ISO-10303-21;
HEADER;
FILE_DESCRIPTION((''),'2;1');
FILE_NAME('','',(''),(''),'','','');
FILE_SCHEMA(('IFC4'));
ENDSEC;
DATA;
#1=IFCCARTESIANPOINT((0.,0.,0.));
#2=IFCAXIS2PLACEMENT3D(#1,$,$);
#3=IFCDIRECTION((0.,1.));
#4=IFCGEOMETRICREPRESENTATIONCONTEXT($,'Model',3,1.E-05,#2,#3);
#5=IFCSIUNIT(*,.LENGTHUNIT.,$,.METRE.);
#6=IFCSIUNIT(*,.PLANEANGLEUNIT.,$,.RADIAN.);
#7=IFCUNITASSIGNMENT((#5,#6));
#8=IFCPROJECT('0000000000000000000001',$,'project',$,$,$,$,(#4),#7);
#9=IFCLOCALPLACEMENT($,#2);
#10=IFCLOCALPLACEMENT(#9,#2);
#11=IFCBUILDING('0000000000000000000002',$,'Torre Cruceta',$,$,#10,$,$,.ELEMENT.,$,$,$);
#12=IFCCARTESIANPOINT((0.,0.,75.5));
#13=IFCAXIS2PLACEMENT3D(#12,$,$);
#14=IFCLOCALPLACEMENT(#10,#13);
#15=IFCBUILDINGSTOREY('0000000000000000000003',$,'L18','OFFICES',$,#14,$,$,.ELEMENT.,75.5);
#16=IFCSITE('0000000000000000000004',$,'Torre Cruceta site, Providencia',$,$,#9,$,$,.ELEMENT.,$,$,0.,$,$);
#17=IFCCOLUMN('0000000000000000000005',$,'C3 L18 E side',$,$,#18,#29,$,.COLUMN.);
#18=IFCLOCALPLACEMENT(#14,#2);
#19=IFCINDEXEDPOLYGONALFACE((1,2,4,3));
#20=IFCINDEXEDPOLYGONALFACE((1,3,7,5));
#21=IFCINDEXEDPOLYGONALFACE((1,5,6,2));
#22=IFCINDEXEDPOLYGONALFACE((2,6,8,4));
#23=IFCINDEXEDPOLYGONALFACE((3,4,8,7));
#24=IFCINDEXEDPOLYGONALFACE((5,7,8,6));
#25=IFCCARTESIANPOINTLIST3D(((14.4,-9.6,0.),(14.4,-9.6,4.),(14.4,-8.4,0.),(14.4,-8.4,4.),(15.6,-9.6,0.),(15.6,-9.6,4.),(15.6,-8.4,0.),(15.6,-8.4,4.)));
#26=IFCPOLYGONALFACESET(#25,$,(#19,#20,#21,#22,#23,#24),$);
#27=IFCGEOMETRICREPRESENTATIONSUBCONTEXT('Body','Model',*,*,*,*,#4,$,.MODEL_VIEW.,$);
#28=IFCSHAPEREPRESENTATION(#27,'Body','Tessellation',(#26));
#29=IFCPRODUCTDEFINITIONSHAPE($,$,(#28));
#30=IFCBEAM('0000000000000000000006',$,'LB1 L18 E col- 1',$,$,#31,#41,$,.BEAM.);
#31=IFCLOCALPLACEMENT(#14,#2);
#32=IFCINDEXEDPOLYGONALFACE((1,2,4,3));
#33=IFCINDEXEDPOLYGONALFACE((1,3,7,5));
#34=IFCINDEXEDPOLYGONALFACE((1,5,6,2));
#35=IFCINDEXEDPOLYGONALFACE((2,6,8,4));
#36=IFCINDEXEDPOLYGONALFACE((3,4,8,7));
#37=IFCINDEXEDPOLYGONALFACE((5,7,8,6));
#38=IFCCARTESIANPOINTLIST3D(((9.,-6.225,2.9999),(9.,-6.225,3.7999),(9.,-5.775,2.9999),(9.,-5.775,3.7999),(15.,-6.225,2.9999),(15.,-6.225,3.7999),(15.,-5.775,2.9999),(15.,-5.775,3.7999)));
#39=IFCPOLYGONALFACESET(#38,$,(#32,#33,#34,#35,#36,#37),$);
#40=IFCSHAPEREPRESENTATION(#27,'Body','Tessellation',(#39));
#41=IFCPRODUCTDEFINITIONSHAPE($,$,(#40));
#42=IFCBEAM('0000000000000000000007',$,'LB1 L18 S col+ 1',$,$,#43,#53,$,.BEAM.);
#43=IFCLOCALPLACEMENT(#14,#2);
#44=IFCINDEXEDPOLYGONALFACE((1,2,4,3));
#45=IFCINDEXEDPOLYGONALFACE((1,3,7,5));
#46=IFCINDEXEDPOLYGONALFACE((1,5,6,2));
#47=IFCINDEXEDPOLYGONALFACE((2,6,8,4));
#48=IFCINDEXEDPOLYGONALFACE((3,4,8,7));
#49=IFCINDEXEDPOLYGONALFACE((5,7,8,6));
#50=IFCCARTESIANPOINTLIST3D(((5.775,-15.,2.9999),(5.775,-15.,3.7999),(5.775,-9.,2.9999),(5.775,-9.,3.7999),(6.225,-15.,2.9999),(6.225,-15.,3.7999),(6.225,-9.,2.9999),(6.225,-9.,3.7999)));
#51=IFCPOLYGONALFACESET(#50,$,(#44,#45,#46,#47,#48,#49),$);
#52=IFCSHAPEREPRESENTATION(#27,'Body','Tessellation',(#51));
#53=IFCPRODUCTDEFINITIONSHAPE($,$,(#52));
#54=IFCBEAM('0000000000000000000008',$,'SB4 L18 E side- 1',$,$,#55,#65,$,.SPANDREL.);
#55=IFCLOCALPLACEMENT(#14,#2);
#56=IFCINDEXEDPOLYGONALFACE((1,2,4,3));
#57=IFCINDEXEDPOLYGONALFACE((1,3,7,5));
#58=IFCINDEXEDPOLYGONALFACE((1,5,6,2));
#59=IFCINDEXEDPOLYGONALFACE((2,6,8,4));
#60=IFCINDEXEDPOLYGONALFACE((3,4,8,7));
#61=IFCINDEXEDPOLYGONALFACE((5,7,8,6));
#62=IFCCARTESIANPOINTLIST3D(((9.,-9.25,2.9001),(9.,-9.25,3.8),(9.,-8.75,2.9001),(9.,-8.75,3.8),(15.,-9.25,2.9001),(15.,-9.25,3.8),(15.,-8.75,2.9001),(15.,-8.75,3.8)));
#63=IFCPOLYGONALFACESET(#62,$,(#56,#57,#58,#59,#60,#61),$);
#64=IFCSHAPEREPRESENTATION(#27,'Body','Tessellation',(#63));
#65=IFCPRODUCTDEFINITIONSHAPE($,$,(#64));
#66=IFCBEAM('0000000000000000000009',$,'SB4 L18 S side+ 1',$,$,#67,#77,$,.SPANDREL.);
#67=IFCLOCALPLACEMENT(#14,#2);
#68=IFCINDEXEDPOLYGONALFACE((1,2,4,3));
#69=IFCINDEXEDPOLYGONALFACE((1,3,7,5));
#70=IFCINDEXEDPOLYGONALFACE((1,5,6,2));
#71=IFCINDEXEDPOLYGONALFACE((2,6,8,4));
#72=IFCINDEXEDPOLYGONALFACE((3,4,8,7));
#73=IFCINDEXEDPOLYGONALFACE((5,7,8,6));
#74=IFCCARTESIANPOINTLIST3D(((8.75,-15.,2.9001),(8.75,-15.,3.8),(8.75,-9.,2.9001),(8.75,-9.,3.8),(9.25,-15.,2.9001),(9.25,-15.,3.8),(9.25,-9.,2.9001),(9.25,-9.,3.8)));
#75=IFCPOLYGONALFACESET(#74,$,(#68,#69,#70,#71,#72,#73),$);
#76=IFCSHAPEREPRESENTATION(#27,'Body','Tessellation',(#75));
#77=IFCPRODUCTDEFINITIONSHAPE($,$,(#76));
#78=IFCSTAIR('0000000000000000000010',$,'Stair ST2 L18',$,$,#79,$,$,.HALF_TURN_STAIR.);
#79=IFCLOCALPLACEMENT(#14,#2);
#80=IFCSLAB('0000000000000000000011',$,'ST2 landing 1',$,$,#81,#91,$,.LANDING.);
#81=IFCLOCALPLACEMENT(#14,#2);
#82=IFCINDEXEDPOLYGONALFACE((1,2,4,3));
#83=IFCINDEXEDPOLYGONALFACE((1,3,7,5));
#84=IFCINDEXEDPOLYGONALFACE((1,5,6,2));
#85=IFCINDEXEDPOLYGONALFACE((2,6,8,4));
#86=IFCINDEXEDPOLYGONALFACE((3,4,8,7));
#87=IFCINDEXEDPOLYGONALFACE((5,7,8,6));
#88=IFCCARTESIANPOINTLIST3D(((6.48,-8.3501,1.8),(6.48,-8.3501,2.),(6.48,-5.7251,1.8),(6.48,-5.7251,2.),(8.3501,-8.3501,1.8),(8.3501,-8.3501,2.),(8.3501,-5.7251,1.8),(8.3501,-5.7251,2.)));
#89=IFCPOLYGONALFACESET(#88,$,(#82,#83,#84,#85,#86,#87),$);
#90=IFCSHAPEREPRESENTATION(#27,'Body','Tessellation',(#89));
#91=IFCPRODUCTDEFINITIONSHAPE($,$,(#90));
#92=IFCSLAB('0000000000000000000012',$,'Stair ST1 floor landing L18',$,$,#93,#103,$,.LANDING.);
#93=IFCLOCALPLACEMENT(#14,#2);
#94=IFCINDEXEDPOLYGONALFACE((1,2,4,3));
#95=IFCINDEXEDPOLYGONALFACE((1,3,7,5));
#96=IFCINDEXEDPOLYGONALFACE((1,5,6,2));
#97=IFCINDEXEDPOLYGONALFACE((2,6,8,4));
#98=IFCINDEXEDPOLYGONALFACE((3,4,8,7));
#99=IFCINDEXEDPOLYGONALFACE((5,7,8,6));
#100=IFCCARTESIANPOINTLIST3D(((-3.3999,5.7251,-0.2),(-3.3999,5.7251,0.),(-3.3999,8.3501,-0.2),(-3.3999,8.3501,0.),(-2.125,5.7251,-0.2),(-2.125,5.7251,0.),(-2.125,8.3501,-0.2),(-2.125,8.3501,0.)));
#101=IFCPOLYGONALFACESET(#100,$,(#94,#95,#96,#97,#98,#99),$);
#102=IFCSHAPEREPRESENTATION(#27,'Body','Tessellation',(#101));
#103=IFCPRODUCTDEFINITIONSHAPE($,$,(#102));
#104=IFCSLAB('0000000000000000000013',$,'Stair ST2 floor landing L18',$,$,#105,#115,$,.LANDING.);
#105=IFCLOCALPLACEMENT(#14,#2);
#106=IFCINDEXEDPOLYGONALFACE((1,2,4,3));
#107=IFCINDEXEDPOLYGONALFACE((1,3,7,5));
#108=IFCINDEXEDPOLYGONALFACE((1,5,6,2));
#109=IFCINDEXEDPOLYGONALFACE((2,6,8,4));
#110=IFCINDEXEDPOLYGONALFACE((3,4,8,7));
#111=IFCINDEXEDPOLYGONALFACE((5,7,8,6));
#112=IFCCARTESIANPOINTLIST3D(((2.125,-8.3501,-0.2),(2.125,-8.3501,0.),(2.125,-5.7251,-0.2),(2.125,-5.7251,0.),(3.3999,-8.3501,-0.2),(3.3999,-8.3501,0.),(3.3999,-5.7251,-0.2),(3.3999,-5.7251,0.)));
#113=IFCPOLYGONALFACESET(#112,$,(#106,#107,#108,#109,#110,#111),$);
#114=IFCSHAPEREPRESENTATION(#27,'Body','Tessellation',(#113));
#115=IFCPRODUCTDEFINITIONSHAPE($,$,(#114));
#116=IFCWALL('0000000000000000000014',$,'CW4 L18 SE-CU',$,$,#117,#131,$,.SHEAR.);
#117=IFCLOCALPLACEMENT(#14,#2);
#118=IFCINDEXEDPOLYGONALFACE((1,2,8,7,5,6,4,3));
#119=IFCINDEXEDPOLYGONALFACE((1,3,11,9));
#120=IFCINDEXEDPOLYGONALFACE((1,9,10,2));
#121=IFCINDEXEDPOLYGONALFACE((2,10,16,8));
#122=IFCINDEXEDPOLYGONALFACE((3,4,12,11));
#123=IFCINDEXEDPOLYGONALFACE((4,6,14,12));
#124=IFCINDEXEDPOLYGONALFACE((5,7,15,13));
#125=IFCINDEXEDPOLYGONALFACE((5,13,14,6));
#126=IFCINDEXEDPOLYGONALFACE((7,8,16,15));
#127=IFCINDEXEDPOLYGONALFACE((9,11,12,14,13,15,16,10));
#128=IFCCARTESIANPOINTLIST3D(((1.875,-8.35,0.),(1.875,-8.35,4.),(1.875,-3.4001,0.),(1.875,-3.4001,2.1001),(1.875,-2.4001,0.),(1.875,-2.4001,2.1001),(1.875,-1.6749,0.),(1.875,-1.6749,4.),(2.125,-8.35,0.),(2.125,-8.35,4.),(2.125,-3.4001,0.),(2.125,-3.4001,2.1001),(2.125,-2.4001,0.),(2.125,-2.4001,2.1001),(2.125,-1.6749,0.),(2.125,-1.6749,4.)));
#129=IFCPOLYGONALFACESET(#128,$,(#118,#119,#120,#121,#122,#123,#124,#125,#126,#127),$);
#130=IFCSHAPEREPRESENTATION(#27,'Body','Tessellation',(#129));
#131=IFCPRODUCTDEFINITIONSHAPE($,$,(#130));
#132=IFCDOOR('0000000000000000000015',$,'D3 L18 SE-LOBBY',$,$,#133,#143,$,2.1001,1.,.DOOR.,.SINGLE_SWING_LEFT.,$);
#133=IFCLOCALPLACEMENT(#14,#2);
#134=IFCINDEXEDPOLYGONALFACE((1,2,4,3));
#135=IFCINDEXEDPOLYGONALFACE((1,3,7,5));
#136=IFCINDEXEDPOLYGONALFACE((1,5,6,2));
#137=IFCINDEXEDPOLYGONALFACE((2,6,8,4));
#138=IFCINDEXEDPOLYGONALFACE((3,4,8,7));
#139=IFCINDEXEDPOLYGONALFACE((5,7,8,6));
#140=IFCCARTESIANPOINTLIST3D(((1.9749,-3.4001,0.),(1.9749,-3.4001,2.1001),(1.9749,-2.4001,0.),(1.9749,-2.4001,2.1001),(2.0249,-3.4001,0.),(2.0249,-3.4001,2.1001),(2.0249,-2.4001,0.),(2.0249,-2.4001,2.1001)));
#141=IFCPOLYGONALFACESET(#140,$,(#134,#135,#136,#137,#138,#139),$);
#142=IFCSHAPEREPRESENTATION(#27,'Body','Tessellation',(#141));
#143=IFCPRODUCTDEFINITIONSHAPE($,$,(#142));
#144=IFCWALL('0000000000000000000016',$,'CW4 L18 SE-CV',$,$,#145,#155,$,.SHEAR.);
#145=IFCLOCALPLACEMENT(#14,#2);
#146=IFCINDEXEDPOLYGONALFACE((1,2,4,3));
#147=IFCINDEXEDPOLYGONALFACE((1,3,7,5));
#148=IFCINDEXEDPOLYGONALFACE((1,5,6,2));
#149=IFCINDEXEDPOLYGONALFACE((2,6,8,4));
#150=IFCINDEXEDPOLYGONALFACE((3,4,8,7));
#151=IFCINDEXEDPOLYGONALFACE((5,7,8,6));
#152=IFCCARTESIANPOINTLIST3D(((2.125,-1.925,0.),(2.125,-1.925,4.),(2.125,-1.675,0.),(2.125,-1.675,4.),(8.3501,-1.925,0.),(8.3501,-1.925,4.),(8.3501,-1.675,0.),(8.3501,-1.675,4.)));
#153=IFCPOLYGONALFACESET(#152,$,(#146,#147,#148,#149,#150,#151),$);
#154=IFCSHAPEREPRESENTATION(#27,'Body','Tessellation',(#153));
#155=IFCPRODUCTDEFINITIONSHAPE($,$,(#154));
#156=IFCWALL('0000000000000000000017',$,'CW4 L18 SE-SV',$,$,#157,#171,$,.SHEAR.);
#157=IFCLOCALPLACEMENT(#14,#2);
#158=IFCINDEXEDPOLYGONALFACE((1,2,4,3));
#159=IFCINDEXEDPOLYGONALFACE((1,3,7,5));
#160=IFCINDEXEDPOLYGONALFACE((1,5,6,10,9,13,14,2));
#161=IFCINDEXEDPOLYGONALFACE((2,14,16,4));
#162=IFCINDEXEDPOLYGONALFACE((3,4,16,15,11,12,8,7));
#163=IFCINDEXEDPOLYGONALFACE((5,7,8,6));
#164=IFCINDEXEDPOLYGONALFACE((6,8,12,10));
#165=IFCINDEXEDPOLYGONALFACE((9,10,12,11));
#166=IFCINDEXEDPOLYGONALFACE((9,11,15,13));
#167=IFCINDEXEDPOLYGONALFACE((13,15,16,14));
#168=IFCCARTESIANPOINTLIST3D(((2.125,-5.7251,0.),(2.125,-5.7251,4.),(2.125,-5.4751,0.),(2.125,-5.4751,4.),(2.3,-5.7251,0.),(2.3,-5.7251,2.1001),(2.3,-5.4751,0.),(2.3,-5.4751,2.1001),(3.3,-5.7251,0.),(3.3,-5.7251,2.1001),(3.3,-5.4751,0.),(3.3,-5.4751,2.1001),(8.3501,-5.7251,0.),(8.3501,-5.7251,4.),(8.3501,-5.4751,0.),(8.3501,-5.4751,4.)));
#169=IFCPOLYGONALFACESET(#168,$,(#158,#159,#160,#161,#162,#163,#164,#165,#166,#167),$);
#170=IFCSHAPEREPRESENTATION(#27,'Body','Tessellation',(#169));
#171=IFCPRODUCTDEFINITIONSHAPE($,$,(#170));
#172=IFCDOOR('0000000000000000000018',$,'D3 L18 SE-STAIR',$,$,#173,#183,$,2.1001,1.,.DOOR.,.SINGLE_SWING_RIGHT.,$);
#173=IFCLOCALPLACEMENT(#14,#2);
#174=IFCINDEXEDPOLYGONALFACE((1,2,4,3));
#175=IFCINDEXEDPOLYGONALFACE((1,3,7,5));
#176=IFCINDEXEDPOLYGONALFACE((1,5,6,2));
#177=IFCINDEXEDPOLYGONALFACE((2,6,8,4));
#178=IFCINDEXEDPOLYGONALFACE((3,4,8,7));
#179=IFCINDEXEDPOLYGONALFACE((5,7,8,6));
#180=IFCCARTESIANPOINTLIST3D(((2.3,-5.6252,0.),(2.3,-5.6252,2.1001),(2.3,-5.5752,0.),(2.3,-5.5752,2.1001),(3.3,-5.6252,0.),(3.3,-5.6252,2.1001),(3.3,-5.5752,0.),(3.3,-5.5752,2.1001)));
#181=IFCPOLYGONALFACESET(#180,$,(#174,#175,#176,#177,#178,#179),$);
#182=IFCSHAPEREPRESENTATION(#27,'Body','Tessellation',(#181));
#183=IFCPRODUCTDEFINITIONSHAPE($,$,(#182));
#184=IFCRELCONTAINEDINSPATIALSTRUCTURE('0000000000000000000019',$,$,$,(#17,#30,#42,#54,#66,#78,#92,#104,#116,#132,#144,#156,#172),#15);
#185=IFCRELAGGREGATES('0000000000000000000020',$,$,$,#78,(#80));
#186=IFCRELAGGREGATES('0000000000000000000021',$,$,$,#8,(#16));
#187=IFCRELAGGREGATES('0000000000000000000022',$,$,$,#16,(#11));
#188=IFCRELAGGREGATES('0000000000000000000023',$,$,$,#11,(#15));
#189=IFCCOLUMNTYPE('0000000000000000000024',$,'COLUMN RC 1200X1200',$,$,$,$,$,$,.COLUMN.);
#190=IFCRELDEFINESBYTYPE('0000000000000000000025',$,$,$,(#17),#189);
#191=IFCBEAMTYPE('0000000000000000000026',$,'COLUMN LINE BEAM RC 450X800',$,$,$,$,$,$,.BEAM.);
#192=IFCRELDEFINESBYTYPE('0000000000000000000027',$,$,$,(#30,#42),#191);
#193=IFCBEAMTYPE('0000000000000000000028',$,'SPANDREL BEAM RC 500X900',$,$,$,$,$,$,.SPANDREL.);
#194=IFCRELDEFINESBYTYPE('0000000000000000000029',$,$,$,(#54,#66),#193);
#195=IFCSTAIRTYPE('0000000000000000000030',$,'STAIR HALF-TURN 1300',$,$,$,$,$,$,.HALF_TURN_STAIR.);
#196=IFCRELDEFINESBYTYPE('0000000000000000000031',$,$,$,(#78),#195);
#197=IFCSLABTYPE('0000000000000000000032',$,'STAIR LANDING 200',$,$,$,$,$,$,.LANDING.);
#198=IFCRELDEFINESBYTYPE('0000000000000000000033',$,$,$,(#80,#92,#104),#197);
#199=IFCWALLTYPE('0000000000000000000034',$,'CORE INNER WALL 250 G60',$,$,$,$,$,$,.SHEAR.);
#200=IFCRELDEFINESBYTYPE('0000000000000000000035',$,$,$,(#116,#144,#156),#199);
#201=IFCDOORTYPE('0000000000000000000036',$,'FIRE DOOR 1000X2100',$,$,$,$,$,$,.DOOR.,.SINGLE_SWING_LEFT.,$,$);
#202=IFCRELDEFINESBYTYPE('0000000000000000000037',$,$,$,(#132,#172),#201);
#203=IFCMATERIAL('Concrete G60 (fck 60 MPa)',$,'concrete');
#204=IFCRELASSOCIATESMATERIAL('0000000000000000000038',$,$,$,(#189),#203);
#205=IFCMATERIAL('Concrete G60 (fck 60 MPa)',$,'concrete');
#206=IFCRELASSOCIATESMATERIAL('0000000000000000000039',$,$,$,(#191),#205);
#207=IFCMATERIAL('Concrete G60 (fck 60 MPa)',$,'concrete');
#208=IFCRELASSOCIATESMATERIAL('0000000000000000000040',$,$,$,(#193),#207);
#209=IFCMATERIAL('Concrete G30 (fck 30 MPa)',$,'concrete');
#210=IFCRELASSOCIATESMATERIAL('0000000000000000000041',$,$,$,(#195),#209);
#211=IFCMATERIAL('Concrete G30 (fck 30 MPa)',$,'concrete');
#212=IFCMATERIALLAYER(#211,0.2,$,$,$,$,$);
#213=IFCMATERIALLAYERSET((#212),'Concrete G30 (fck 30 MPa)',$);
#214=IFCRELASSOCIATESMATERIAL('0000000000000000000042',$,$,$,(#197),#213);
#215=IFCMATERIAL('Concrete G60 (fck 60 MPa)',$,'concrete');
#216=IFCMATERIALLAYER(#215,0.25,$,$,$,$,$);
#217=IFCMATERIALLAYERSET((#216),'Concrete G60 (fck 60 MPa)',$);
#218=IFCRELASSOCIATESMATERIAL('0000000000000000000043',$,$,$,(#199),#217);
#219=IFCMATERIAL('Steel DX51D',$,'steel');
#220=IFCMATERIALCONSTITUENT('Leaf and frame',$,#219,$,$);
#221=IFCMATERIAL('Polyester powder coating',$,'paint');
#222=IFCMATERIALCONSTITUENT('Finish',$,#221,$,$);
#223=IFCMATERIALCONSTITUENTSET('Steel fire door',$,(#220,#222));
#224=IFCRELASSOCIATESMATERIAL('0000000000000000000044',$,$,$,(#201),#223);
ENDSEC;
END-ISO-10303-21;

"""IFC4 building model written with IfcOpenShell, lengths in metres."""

from ifc_helpers import new_model, si_unit, direction, frame, frame_2d, origin, origin_2d, place, context, subcontext, project, spatial, polyline, rectangle, outline, extrude, material, layer, layer_set, constituent, constituent_set, material_profile, profile_set, type_object, element, fill, aggregate, save


model = new_model("IFC4")

# Units and contexts
model_context = context("Model", 3, precision=1e-05, world=origin(), true_north=direction((0.0, 1.0)))
body_context = subcontext(model_context, "Body", "Model", "MODEL_VIEW")
ifc_project = project(units=[si_unit("LENGTHUNIT", "METRE"), si_unit("PLANEANGLEUNIT", "RADIAN")], contexts=[model_context])

# Site, building, storey
site_placement = place(None, origin())
site = spatial("IfcSite", under=ifc_project, at=site_placement, Name="Torre Cruceta site, Providencia", CompositionType="ELEMENT", RefElevation=0.0)
building_placement = place(site_placement, origin())
building = spatial("IfcBuilding", under=site, at=building_placement, Name="Torre Cruceta", CompositionType="ELEMENT")
storey_placement = place(building_placement, frame((0.0, 0.0, 75.5)))
storey = spatial("IfcBuildingStorey", under=building, at=storey_placement, Name="L18", Description="OFFICES", CompositionType="ELEMENT", Elevation=75.5)

# Column
ifc_material_1 = material(Name="Concrete G60 (fck 60 MPa)", Category="concrete")
ifc_material_profile_1 = material_profile(ifc_material_1, rectangle(XDim=1.2, YDim=1.2, at=origin_2d()), Name="RC 1200X1200")
ifc_profile_set_1 = profile_set([ifc_material_profile_1], Name="Concrete G60 (fck 60 MPa)")
column_type = type_object("IfcColumnType", Name="COLUMN RC 1200X1200", PredefinedType="COLUMN", material=ifc_profile_set_1)
column_placement = place(storey_placement, frame((15.0, -9.0, 0.0), z_axis=(0.0, 0.0, 1.0), x_axis=(1.0, 0.0, 0.0)))
element("IfcColumn", 1, at=column_placement, inside=storey, type_object=column_type, Name="C3 L18 E side", PredefinedType="COLUMN", context=body_context, shape_type="SweptSolid", body=[
    extrude(rectangle(XDim=1.2, YDim=1.2, at=origin_2d()), origin(), (0.0, 0.0, 1.0), 4.0),
])

# Beams
ifc_material_2 = material(Name="Concrete G60 (fck 60 MPa)", Category="concrete")
ifc_material_profile_2 = material_profile(ifc_material_2, rectangle(XDim=0.45, YDim=0.8, at=origin_2d()), Name="RC 450X800")
ifc_profile_set_2 = profile_set([ifc_material_profile_2], Name="Concrete G60 (fck 60 MPa)")
beam_type_1 = type_object("IfcBeamType", Name="COLUMN LINE BEAM RC 450X800", PredefinedType="BEAM", material=ifc_profile_set_2)
for number, where, z_axis, x_axis, name in (
    (2, (9.0, -6.0, 3.3999), (1.0, 0.0, 0.0), (0.0, 1.0, 0.0), "LB1 L18 E col- 1"),
    (3, (6.0, -9.0, 3.3999), (0.0, -1.0, 0.0), (1.0, 0.0, 0.0), "LB1 L18 S col+ 1"),
):
    element("IfcBeam", number, at=place(storey_placement, frame(where, z_axis=z_axis, x_axis=x_axis)), inside=storey, type_object=beam_type_1, Name=name, PredefinedType="BEAM", context=body_context, shape_type="SweptSolid", body=[
        extrude(rectangle(XDim=0.45, YDim=0.8, at=origin_2d()), origin(), (0.0, 0.0, 1.0), 6.0),
    ])
ifc_material_3 = material(Name="Concrete G60 (fck 60 MPa)", Category="concrete")
ifc_material_profile_3 = material_profile(ifc_material_3, rectangle(XDim=0.5, YDim=0.8999, at=origin_2d()), Name="RC 500X900")
ifc_profile_set_3 = profile_set([ifc_material_profile_3], Name="Concrete G60 (fck 60 MPa)")
beam_type_2 = type_object("IfcBeamType", Name="SPANDREL BEAM RC 500X900", PredefinedType="SPANDREL", material=ifc_profile_set_3)
for number, where, z_axis, x_axis, name in (
    (4, (9.0, -9.0, 3.3501), (1.0, 0.0, 0.0), (0.0, 1.0, 0.0), "SB4 L18 E side- 1"),
    (5, (9.0, -9.0, 3.3501), (0.0, -1.0, 0.0), (1.0, 0.0, 0.0), "SB4 L18 S side+ 1"),
):
    element("IfcBeam", number, at=place(storey_placement, frame(where, z_axis=z_axis, x_axis=x_axis)), inside=storey, type_object=beam_type_2, Name=name, PredefinedType="SPANDREL", context=body_context, shape_type="SweptSolid", body=[
        extrude(rectangle(XDim=0.5, YDim=0.8999, at=origin_2d()), origin(), (0.0, 0.0, 1.0), 6.0),
    ])

# Stair, slab
ifc_material_4 = material(Name="Concrete G30 (fck 30 MPa)", Category="concrete")
stair_type = type_object("IfcStairType", Name="STAIR HALF-TURN 1300", PredefinedType="HALF_TURN_STAIR", material=ifc_material_4)
stair_placement = place(storey_placement, origin())
stair = element("IfcStair", 6, at=stair_placement, inside=storey, type_object=stair_type, Name="Stair ST2 L18", PredefinedType="HALF_TURN_STAIR")
ifc_material_5 = material(Name="Concrete G30 (fck 30 MPa)", Category="concrete")
ifc_layer_1 = layer(ifc_material_5, 0.2)
ifc_layer_set_1 = layer_set([ifc_layer_1], Name="Concrete G30 (fck 30 MPa)")
slab_type = type_object("IfcSlabType", Name="STAIR LANDING 200", PredefinedType="LANDING", material=ifc_layer_set_1)
slab_1_placement = place(storey_placement, frame((0.0, 0.0, 1.8)))
slab_1 = element("IfcSlab", 7, at=slab_1_placement, type_object=slab_type, Name="ST2 landing 1", PredefinedType="LANDING", context=body_context, shape_type="SweptSolid", body=[
    extrude(outline(polyline([(6.48, -8.3501), (8.3501, -8.3501), (8.3501, -5.7251), (6.48, -5.7251), (6.48, -8.3501)])), origin(), (0.0, 0.0, 1.0), 0.2),
])

# Slabs
slab_2_placement = place(storey_placement, frame((0.0, 0.0, -0.2)))
element("IfcSlab", 8, at=slab_2_placement, inside=storey, type_object=slab_type, Name="Stair ST1 floor landing L18", PredefinedType="LANDING", context=body_context, shape_type="SweptSolid", body=[
    extrude(outline(polyline([(-2.125, 8.3501), (-2.125, 5.7251), (-3.3999, 5.7251), (-3.3999, 8.3501), (-2.125, 8.3501)])), origin(), (0.0, 0.0, 1.0), 0.2),
])
slab_3_placement = place(storey_placement, frame((0.0, 0.0, -0.2)))
element("IfcSlab", 9, at=slab_3_placement, inside=storey, type_object=slab_type, Name="Stair ST2 floor landing L18", PredefinedType="LANDING", context=body_context, shape_type="SweptSolid", body=[
    extrude(outline(polyline([(2.125, -8.3501), (2.125, -5.7251), (3.3999, -5.7251), (3.3999, -8.3501), (2.125, -8.3501)])), origin(), (0.0, 0.0, 1.0), 0.2),
])

# Wall, opening, door
ifc_material_6 = material(Name="Concrete G60 (fck 60 MPa)", Category="concrete")
ifc_layer_2 = layer(ifc_material_6, 0.25)
ifc_layer_set_2 = layer_set([ifc_layer_2], Name="Concrete G60 (fck 60 MPa)")
wall_type_1 = type_object("IfcWallType", Name="CORE INNER WALL 250 G60", PredefinedType="SHEAR", material=ifc_layer_set_2)
wall_1_placement = place(storey_placement, frame((2.0, -1.675, 0.0), z_axis=(0.0, 0.0, 1.0), x_axis=(0.0, -1.0, 0.0)))
wall_1 = element("IfcWall", 10, at=wall_1_placement, inside=storey, type_object=wall_type_1, Name="CW4 L18 SE-CU", PredefinedType="SHEAR", context=body_context, shape_type="SweptSolid", body=[
    extrude(rectangle(XDim=6.675, YDim=0.25, at=frame_2d((3.3374, 0.0))), origin(), (0.0, 0.0, 1.0), 4.0),
])
opening_1_placement = place(wall_1_placement, frame((0.7251, 0.0, 0.0)))
opening_1 = element("IfcOpeningElement", 11, at=opening_1_placement, cuts=wall_1, PredefinedType="OPENING", context=body_context, shape_type="SweptSolid", body=[
    extrude(rectangle(XDim=1.0, YDim=2.1001, at=frame_2d((0.5, 1.05))), frame((0.0, 0.135, 0.0), z_axis=(0.0, -1.0, 0.0), x_axis=(1.0, 0.0, 0.0)), (0.0, 0.0, 1.0), 0.27),
])
ifc_material_7 = material(Name="Steel DX51D", Category="steel")
ifc_constituent_1 = constituent(ifc_material_7, Name="Leaf and frame")
ifc_material_8 = material(Name="Polyester powder coating", Category="paint")
ifc_constituent_2 = constituent(ifc_material_8, Name="Finish")
ifc_constituent_set_1 = constituent_set(constituents=[ifc_constituent_1, ifc_constituent_2], Name="Steel fire door")
door_type_1 = type_object("IfcDoorType", Name="FIRE DOOR 1000X2100", OperationType="SINGLE_SWING_LEFT", PredefinedType="DOOR", material=ifc_constituent_set_1)
door_1_placement = place(opening_1_placement, origin())
door_1 = element("IfcDoor", 12, at=door_1_placement, inside=storey, type_object=door_type_1, Name="D3 L18 SE-LOBBY", OperationType="SINGLE_SWING_LEFT", OverallHeight=2.1001, OverallWidth=1.0, PredefinedType="DOOR", context=body_context, shape_type="SweptSolid", body=[
    extrude(rectangle(XDim=1.0, YDim=2.1001, at=frame_2d((0.5, 1.05))), frame((0.0, 0.0249, 0.0), z_axis=(0.0, -1.0, 0.0), x_axis=(1.0, 0.0, 0.0)), (0.0, 0.0, 1.0), 0.05),
])
fill(opening_1, door_1)

# Wall
wall_2_placement = place(storey_placement, frame((2.125, -1.8, 0.0), z_axis=(0.0, 0.0, 1.0), x_axis=(1.0, 0.0, 0.0)))
element("IfcWall", 13, at=wall_2_placement, inside=storey, type_object=wall_type_1, Name="CW4 L18 SE-CV", PredefinedType="SHEAR", context=body_context, shape_type="SweptSolid", body=[
    extrude(rectangle(XDim=6.2251, YDim=0.25, at=frame_2d((3.1125, 0.0))), origin(), (0.0, 0.0, 1.0), 4.0),
])

# Wall, opening, door
wall_3_placement = place(storey_placement, frame((2.125, -5.6001, 0.0), z_axis=(0.0, 0.0, 1.0), x_axis=(1.0, 0.0, 0.0)))
wall_3 = element("IfcWall", 14, at=wall_3_placement, inside=storey, type_object=wall_type_1, Name="CW4 L18 SE-SV", PredefinedType="SHEAR", context=body_context, shape_type="SweptSolid", body=[
    extrude(rectangle(XDim=6.2251, YDim=0.25, at=frame_2d((3.1125, 0.0))), origin(), (0.0, 0.0, 1.0), 4.0),
])
opening_2_placement = place(wall_3_placement, frame((0.175, 0.0, 0.0)))
opening_2 = element("IfcOpeningElement", 15, at=opening_2_placement, cuts=wall_3, PredefinedType="OPENING", context=body_context, shape_type="SweptSolid", body=[
    extrude(rectangle(XDim=1.0, YDim=2.1001, at=frame_2d((0.5, 1.05))), frame((0.0, 0.135, 0.0), z_axis=(0.0, -1.0, 0.0), x_axis=(1.0, 0.0, 0.0)), (0.0, 0.0, 1.0), 0.27),
])
door_2_placement = place(opening_2_placement, frame((1.0, 0.0, 0.0), z_axis=(0.0, 0.0, 1.0), x_axis=(-1.0, 0.0, 0.0)))
door_2 = element("IfcDoor", 16, at=door_2_placement, inside=storey, type_object=door_type_1, Name="D3 L18 SE-STAIR", OperationType="SINGLE_SWING_RIGHT", OverallHeight=2.1001, OverallWidth=1.0, PredefinedType="DOOR", context=body_context, shape_type="SweptSolid", body=[
    extrude(rectangle(XDim=1.0, YDim=2.1001, at=frame_2d((0.5, 1.05))), frame((0.0, 0.0251, 0.0), z_axis=(0.0, -1.0, 0.0), x_axis=(1.0, 0.0, 0.0)), (0.0, 0.0, 1.0), 0.05),
])
fill(opening_2, door_2)

aggregate(stair, [slab_1])

save(model, "model.ifc")
